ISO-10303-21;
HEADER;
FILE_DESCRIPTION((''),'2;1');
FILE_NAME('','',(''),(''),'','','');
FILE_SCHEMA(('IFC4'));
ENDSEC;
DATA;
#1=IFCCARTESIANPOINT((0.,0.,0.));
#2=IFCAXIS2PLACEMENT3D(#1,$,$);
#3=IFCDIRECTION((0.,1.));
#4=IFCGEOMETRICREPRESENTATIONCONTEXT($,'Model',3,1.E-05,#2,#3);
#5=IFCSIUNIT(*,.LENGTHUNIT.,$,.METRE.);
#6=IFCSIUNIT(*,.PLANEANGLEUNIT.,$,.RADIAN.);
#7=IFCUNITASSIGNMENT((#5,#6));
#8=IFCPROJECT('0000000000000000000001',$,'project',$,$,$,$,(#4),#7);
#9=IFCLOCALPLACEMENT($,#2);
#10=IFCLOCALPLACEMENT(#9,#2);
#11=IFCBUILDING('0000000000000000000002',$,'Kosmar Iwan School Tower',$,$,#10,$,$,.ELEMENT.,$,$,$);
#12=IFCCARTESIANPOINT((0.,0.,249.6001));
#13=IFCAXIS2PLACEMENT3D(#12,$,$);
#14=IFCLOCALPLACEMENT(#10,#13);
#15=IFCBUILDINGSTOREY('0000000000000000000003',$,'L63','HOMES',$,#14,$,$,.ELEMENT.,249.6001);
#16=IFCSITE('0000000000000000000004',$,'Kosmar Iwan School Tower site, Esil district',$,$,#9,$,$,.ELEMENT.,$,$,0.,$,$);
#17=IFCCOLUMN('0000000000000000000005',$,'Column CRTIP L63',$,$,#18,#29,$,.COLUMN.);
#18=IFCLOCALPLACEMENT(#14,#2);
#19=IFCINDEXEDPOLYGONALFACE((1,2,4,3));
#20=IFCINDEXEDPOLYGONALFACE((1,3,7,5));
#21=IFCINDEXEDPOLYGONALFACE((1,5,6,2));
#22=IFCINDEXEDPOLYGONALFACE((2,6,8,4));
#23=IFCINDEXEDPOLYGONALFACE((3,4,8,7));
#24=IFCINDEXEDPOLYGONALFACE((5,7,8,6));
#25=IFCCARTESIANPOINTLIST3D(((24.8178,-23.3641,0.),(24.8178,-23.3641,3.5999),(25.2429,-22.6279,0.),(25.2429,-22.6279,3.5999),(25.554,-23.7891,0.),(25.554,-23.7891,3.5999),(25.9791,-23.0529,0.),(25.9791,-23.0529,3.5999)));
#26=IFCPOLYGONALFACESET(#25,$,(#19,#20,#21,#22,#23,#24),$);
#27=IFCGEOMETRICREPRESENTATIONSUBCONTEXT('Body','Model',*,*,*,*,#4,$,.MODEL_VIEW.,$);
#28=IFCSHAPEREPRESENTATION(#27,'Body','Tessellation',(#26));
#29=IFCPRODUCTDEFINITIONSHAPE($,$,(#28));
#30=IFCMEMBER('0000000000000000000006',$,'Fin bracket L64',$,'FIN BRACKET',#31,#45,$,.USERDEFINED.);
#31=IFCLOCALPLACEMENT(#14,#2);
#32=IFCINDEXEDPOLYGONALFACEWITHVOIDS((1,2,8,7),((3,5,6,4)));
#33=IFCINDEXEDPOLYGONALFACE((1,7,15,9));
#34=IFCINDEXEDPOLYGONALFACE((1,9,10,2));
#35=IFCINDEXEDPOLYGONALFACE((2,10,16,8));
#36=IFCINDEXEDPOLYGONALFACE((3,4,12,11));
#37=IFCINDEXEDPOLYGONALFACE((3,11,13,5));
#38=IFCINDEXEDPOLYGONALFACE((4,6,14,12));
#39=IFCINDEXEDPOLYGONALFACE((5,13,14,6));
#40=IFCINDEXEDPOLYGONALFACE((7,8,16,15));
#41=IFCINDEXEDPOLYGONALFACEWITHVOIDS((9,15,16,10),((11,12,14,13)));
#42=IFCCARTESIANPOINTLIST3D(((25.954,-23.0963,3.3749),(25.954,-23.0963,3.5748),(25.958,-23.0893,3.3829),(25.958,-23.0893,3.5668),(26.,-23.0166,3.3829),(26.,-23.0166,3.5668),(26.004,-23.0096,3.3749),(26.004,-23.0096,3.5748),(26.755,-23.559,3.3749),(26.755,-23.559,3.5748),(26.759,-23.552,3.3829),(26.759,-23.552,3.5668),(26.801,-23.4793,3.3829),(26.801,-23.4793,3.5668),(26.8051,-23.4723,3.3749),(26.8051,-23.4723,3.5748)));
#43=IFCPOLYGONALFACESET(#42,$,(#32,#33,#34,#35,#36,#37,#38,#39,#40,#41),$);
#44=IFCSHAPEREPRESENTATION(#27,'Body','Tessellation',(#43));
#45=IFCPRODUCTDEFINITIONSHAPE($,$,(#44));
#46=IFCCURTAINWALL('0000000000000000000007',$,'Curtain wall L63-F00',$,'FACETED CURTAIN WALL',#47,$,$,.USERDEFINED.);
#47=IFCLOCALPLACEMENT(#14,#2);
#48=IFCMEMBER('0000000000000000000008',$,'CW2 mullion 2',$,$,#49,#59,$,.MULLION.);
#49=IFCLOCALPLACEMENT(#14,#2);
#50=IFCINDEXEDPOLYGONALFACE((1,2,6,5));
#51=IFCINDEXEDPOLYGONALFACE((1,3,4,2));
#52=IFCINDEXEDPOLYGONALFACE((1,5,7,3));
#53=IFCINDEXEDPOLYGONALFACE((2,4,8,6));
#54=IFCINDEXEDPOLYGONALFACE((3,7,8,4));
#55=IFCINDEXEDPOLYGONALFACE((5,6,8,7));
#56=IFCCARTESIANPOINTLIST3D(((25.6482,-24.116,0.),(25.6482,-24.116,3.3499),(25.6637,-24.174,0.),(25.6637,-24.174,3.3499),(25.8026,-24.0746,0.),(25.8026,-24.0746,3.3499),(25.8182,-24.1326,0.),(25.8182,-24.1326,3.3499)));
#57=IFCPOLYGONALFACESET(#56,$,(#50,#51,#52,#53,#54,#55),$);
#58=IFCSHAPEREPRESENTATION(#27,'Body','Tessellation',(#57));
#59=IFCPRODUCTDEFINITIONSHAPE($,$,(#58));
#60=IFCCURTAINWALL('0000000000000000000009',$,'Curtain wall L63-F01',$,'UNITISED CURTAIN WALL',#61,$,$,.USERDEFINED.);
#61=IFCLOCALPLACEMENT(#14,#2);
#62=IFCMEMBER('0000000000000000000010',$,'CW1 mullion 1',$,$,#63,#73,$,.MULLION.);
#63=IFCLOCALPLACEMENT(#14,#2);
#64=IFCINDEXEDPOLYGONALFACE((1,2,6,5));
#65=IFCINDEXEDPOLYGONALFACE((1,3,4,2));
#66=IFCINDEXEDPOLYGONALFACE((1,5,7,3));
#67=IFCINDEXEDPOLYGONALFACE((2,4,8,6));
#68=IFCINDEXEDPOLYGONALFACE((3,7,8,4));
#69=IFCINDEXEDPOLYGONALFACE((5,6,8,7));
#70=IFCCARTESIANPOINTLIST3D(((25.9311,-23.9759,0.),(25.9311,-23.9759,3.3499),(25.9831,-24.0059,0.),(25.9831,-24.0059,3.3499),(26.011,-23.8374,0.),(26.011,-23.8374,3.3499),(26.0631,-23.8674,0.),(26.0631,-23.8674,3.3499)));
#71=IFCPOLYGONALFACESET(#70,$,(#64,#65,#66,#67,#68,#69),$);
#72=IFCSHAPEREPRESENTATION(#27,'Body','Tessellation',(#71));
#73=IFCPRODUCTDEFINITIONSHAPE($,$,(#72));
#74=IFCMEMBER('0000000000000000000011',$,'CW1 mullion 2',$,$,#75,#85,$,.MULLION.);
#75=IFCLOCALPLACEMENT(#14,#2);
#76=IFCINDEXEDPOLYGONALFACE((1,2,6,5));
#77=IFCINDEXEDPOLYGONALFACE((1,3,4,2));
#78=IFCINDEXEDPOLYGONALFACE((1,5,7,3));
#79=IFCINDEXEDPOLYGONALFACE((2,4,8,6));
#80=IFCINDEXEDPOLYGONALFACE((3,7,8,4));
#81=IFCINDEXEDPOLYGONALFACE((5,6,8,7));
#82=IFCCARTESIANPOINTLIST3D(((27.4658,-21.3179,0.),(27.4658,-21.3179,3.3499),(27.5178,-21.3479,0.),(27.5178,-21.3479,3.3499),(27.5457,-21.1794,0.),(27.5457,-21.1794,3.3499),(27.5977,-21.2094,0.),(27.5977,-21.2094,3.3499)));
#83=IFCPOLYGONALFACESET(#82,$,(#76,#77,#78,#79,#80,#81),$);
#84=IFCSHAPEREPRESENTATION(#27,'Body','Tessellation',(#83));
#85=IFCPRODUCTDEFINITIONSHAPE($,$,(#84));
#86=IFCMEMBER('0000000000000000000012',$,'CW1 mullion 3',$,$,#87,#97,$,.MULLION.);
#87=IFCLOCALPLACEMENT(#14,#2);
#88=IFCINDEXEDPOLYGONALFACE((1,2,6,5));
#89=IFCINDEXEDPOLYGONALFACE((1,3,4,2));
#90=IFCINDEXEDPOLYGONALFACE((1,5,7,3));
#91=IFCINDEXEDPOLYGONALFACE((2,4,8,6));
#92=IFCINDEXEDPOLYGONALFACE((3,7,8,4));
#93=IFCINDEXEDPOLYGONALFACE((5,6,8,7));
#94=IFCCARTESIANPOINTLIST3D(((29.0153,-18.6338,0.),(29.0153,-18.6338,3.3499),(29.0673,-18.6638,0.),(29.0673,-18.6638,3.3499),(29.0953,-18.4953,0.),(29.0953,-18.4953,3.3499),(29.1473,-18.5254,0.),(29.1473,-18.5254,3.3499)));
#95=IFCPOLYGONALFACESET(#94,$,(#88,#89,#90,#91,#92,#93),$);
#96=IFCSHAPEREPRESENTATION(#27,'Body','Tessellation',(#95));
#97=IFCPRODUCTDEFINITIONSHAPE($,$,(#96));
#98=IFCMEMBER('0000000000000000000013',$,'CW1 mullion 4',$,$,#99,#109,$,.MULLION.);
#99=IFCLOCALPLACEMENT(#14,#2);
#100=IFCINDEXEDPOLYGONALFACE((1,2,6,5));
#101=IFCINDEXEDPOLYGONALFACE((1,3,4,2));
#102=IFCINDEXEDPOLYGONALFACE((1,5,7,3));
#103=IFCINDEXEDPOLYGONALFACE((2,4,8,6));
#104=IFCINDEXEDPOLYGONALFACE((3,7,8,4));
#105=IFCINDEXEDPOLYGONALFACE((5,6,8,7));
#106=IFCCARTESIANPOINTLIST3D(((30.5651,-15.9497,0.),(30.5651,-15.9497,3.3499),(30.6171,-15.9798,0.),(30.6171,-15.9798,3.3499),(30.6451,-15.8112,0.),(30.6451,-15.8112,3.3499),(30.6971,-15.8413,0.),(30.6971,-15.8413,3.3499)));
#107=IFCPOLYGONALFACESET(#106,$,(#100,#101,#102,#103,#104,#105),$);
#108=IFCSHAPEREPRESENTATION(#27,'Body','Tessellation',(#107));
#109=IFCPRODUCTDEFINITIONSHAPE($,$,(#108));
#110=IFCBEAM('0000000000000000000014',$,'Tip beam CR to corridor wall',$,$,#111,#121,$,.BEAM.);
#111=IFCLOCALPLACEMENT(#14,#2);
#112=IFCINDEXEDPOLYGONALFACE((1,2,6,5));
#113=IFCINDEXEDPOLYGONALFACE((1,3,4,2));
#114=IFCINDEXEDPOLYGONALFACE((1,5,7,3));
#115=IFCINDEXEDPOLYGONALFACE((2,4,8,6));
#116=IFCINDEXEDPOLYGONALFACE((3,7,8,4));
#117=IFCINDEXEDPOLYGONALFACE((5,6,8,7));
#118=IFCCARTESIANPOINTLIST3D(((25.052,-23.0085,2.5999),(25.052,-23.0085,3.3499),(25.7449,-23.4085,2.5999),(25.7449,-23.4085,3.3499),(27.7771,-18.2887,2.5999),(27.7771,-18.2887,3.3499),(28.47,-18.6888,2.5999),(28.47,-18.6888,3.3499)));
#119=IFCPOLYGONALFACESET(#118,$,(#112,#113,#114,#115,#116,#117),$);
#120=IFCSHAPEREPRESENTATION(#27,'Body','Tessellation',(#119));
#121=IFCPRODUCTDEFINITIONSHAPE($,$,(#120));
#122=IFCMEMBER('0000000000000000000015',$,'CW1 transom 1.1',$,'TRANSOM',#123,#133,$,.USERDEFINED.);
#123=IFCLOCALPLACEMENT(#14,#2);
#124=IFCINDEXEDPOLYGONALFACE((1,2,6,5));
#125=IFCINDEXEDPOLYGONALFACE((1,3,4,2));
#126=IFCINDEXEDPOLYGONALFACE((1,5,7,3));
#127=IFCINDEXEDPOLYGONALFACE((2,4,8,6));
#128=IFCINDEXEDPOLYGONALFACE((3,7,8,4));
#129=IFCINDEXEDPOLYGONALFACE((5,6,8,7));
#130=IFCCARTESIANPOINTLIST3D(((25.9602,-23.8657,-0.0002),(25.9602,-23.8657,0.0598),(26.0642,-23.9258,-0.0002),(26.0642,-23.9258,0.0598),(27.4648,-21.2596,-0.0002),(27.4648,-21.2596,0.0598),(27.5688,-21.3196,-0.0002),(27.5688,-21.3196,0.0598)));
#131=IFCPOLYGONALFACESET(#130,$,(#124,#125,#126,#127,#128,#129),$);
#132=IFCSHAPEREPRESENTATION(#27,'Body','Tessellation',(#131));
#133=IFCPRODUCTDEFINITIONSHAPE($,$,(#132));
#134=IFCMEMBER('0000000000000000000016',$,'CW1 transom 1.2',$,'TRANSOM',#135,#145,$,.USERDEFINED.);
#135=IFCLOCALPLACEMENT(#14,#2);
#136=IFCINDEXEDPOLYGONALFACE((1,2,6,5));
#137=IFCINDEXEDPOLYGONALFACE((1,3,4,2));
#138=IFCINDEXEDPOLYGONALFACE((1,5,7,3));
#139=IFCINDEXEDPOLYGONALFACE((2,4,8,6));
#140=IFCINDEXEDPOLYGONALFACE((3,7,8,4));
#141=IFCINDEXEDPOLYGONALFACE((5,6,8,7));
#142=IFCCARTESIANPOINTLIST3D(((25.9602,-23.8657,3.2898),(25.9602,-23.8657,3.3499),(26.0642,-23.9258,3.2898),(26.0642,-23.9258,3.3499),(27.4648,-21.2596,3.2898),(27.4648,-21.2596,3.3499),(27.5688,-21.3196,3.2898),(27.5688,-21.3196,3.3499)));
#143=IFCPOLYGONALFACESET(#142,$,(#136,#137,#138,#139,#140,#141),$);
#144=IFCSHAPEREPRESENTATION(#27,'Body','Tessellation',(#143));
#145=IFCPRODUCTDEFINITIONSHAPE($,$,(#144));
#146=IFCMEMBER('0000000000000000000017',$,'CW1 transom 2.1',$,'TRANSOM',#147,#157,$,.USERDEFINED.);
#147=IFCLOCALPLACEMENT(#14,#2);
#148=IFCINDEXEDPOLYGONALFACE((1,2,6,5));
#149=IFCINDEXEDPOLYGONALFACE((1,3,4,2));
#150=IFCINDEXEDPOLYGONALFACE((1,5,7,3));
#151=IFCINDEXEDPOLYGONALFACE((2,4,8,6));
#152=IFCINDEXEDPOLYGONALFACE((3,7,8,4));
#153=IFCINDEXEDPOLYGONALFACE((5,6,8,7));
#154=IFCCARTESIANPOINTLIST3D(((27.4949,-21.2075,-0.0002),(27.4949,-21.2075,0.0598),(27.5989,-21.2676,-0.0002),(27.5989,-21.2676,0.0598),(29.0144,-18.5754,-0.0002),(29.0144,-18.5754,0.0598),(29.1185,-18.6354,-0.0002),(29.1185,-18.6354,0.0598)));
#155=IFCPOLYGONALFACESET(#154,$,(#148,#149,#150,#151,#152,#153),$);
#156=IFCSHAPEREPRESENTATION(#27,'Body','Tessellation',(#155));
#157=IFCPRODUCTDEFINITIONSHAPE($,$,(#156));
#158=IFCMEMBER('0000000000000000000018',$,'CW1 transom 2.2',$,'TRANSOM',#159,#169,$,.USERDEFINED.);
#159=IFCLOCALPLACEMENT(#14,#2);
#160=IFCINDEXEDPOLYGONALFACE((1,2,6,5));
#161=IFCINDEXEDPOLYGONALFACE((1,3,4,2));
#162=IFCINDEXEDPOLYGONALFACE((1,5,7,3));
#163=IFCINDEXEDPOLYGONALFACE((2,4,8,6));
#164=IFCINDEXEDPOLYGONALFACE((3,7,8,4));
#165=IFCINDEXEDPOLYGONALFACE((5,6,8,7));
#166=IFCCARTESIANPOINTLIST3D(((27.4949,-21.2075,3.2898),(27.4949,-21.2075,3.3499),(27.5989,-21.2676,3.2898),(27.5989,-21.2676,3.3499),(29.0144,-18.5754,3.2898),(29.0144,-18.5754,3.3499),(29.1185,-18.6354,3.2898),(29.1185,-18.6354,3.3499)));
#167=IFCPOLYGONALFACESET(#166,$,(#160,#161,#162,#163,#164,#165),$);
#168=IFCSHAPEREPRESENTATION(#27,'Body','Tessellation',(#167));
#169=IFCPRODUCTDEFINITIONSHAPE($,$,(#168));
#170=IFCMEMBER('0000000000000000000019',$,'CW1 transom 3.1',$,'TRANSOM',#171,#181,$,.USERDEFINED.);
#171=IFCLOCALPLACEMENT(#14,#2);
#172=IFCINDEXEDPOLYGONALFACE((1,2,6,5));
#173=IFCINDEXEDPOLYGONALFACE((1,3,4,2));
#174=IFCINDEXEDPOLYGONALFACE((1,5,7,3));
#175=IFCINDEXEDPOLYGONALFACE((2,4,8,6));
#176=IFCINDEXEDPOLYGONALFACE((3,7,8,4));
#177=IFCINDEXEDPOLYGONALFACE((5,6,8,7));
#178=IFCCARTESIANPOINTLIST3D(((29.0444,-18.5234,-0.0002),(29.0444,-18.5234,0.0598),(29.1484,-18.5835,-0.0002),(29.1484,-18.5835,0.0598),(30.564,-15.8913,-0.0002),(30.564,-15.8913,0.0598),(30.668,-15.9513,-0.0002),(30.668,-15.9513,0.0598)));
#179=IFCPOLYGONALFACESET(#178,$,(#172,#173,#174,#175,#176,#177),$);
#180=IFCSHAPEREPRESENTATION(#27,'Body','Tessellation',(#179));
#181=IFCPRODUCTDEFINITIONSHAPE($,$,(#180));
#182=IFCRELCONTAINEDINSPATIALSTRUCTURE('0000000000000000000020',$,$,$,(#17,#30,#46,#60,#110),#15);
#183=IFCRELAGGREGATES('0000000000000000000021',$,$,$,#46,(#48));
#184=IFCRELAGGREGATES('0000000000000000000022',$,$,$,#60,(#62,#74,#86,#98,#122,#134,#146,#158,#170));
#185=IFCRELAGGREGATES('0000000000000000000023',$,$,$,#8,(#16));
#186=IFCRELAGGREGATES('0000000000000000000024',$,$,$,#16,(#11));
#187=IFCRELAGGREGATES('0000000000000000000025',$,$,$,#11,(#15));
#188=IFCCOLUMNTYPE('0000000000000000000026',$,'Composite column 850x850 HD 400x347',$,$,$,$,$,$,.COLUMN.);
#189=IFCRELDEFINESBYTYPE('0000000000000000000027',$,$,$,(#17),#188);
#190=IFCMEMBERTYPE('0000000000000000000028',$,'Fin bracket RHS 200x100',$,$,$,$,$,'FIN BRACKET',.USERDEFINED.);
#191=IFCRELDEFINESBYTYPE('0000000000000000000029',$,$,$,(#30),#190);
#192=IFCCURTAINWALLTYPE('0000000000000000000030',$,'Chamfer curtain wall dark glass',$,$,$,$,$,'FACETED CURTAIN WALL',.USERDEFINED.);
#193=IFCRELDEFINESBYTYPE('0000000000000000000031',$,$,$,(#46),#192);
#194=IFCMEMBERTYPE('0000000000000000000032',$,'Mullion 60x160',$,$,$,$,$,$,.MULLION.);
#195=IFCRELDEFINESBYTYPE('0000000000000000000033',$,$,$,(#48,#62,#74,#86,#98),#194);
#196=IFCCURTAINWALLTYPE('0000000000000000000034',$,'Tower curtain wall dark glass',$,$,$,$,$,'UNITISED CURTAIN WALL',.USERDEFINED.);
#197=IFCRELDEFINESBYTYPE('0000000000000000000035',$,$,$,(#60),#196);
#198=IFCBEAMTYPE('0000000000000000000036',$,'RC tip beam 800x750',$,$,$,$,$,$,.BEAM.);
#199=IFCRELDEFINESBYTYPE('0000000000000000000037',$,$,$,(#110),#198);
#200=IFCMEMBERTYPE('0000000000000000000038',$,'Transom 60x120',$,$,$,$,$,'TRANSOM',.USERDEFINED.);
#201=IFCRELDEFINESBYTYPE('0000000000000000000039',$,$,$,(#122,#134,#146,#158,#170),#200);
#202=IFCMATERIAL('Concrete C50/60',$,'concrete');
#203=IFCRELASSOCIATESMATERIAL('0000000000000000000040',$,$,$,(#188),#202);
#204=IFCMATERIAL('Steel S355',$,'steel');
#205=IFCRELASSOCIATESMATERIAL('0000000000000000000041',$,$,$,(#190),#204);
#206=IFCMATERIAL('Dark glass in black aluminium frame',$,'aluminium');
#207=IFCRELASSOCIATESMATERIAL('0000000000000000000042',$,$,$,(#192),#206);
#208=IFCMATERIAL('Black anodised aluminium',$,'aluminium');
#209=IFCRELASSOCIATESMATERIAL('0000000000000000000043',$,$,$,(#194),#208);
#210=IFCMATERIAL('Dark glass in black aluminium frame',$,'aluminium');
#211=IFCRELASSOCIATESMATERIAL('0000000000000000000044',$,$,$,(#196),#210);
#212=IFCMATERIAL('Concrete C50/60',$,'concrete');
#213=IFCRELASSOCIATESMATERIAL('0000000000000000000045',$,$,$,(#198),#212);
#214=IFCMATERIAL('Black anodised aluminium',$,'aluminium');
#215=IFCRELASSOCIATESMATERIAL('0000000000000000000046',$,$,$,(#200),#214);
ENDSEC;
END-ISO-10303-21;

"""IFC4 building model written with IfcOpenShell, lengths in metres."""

from ifc_helpers import new_model, si_unit, direction, frame, origin, origin_2d, place, context, subcontext, project, spatial, rectangle, hollow_rectangle, extrude, material, material_profile, profile_set, type_object, element, aggregate, save


model = new_model("IFC4")

# Units and contexts
model_context = context("Model", 3, precision=1e-05, world=origin(), true_north=direction((0.0, 1.0)))
body_context = subcontext(model_context, "Body", "Model", "MODEL_VIEW")
ifc_project = project(units=[si_unit("LENGTHUNIT", "METRE"), si_unit("PLANEANGLEUNIT", "RADIAN")], contexts=[model_context])

# Site, building, storey
site_placement = place(None, origin())
site = spatial("IfcSite", under=ifc_project, at=site_placement, Name="Kosmar Iwan School Tower site, Esil district", CompositionType="ELEMENT", RefElevation=0.0)
building_placement = place(site_placement, origin())
building = spatial("IfcBuilding", under=site, at=building_placement, Name="Kosmar Iwan School Tower", CompositionType="ELEMENT")
storey_placement = place(building_placement, frame((0.0, 0.0, 249.6001)))
storey = spatial("IfcBuildingStorey", under=building, at=storey_placement, Name="L63", Description="HOMES", CompositionType="ELEMENT", Elevation=249.6001)

# Column
ifc_material_1 = material(Name="Concrete C50/60", Category="concrete")
ifc_material_profile_1 = material_profile(ifc_material_1, rectangle(XDim=0.8501, YDim=0.8501, at=origin_2d()), Name="RC 850x850 + HD 400x347")
ifc_profile_set_1 = profile_set([ifc_material_profile_1], Name="Concrete C50/60")
column_type = type_object("IfcColumnType", Name="Composite column 850x850 HD 400x347", PredefinedType="COLUMN", material=ifc_profile_set_1)
column_placement = place(storey_placement, frame((25.3984, -23.2085, 0.0), z_axis=(0.0, 0.0, 1.0), x_axis=(0.866025, -0.5, 0.0)))
element("IfcColumn", 1, at=column_placement, inside=storey, type_object=column_type, Name="Column CRTIP L63", PredefinedType="COLUMN", context=body_context, shape_type="SweptSolid", body=[
    extrude(rectangle(XDim=0.8501, YDim=0.8501, at=origin_2d()), origin(), (0.0, 0.0, 1.0), 3.5999),
])

# Member
ifc_material_2 = material(Name="Steel S355", Category="steel")
ifc_material_profile_2 = material_profile(ifc_material_2, hollow_rectangle(XDim=0.1001, YDim=0.2, WallThickness=0.0081, at=origin_2d()), Name="RHS 200x100x8")
ifc_profile_set_2 = profile_set([ifc_material_profile_2], Name="Steel S355")
member_type_1 = type_object("IfcMemberType", Name="Fin bracket RHS 200x100", ElementType="FIN BRACKET", PredefinedType="USERDEFINED", material=ifc_profile_set_2)
member_1_placement = place(storey_placement, frame((25.979, -23.053, 3.4749), z_axis=(0.865944, -0.500141, 0.0), x_axis=(0.500141, 0.865944, 0.0)))
element("IfcMember", 2, at=member_1_placement, inside=storey, type_object=member_type_1, Name="Fin bracket L64", ObjectType="FIN BRACKET", PredefinedType="USERDEFINED", context=body_context, shape_type="SweptSolid", body=[
    extrude(hollow_rectangle(XDim=0.1001, YDim=0.2, WallThickness=0.0081, at=origin_2d()), origin(), (0.0, 0.0, 1.0), 0.925),
])

# Curtain wall, member
ifc_material_3 = material(Name="Dark glass in black aluminium frame", Category="aluminium")
curtain_wall_type_1 = type_object("IfcCurtainWallType", Name="Chamfer curtain wall dark glass", ElementType="FACETED CURTAIN WALL", PredefinedType="USERDEFINED", material=ifc_material_3)
curtain_wall_1_placement = place(storey_placement, origin())
curtain_wall_1 = element("IfcCurtainWall", 3, at=curtain_wall_1_placement, inside=storey, type_object=curtain_wall_type_1, Name="Curtain wall L63-F00", ObjectType="FACETED CURTAIN WALL", PredefinedType="USERDEFINED")
ifc_material_4 = material(Name="Black anodised aluminium", Category="aluminium")
ifc_material_profile_3 = material_profile(ifc_material_4, rectangle(XDim=0.0601, YDim=0.1599, at=origin_2d()), Name="MULLION 60x160")
ifc_profile_set_3 = profile_set([ifc_material_profile_3], Name="Black anodised aluminium")
member_type_2 = type_object("IfcMemberType", Name="Mullion 60x160", PredefinedType="MULLION", material=ifc_profile_set_3)
member_2_placement = place(storey_placement, frame((25.7332, -24.1243, 0.0), z_axis=(0.0, 0.0, 1.0), x_axis=(-0.258819, 0.965926, 0.0)))
member_2 = element("IfcMember", 4, at=member_2_placement, type_object=member_type_2, Name="CW2 mullion 2", PredefinedType="MULLION", context=body_context, shape_type="SweptSolid", body=[
    extrude(rectangle(XDim=0.0601, YDim=0.1599, at=origin_2d()), origin(), (0.0, 0.0, 1.0), 3.3499),
])
aggregate(curtain_wall_1, [member_2])

# Curtain wall, members
ifc_material_5 = material(Name="Dark glass in black aluminium frame", Category="aluminium")
curtain_wall_type_2 = type_object("IfcCurtainWallType", Name="Tower curtain wall dark glass", ElementType="UNITISED CURTAIN WALL", PredefinedType="USERDEFINED", material=ifc_material_5)
curtain_wall_2_placement = place(storey_placement, origin())
curtain_wall_2 = element("IfcCurtainWall", 5, at=curtain_wall_2_placement, inside=storey, type_object=curtain_wall_type_2, Name="Curtain wall L63-F01", ObjectType="UNITISED CURTAIN WALL", PredefinedType="USERDEFINED")
member_3_placement = place(storey_placement, frame((25.9971, -23.9216, 0.0), z_axis=(0.0, 0.0, 1.0), x_axis=(-0.866025, 0.5, 0.0)))
member_3 = element("IfcMember", 6, at=member_3_placement, type_object=member_type_2, Name="CW1 mullion 1", PredefinedType="MULLION", context=body_context, shape_type="SweptSolid", body=[
    extrude(rectangle(XDim=0.0601, YDim=0.1599, at=origin_2d()), origin(), (0.0, 0.0, 1.0), 3.3499),
])
member_4_placement = place(storey_placement, frame((27.5317, -21.2637, 0.0), z_axis=(0.0, 0.0, 1.0), x_axis=(-0.866025, 0.5, 0.0)))
member_4 = element("IfcMember", 7, at=member_4_placement, type_object=member_type_2, Name="CW1 mullion 2", PredefinedType="MULLION", context=body_context, shape_type="SweptSolid", body=[
    extrude(rectangle(XDim=0.0601, YDim=0.1599, at=origin_2d()), origin(), (0.0, 0.0, 1.0), 3.3499),
])
member_5_placement = place(storey_placement, frame((29.0813, -18.5796, 0.0), z_axis=(0.0, 0.0, 1.0), x_axis=(-0.866025, 0.5, 0.0)))
member_5 = element("IfcMember", 8, at=member_5_placement, type_object=member_type_2, Name="CW1 mullion 3", PredefinedType="MULLION", context=body_context, shape_type="SweptSolid", body=[
    extrude(rectangle(XDim=0.0601, YDim=0.1599, at=origin_2d()), origin(), (0.0, 0.0, 1.0), 3.3499),
])
member_6_placement = place(storey_placement, frame((30.6311, -15.8955, 0.0), z_axis=(0.0, 0.0, 1.0), x_axis=(-0.866025, 0.5, 0.0)))
member_6 = element("IfcMember", 9, at=member_6_placement, type_object=member_type_2, Name="CW1 mullion 4", PredefinedType="MULLION", context=body_context, shape_type="SweptSolid", body=[
    extrude(rectangle(XDim=0.0601, YDim=0.1599, at=origin_2d()), origin(), (0.0, 0.0, 1.0), 3.3499),
])

# Beam
ifc_material_6 = material(Name="Concrete C50/60", Category="concrete")
ifc_material_profile_4 = material_profile(ifc_material_6, rectangle(XDim=0.8, YDim=0.75, at=origin_2d()), Name="RC 800x750")
ifc_profile_set_4 = profile_set([ifc_material_profile_4], Name="Concrete C50/60")
beam_type = type_object("IfcBeamType", Name="RC tip beam 800x750", PredefinedType="BEAM", material=ifc_profile_set_4)
beam_placement = place(storey_placement, frame((25.3984, -23.2085, 2.9749), z_axis=(0.500022, 0.866013, 0.0), x_axis=(-0.866013, 0.500022, 0.0)))
element("IfcBeam", 10, at=beam_placement, inside=storey, type_object=beam_type, Name="Tip beam CR to corridor wall", PredefinedType="BEAM", context=body_context, shape_type="SweptSolid", body=[
    extrude(rectangle(XDim=0.8, YDim=0.75, at=origin_2d()), origin(), (0.0, 0.0, 1.0), 5.45),
])

# Members
ifc_material_7 = material(Name="Black anodised aluminium", Category="aluminium")
ifc_material_profile_5 = material_profile(ifc_material_7, rectangle(XDim=0.1201, YDim=0.0601, at=origin_2d()), Name="TRANSOM 60x120")
ifc_profile_set_5 = profile_set([ifc_material_profile_5], Name="Black anodised aluminium")
member_type_3 = type_object("IfcMemberType", Name="Transom 60x120", ElementType="TRANSOM", PredefinedType="USERDEFINED", material=ifc_profile_set_5)
member_7_placement = place(storey_placement, frame((26.0122, -23.8958, 0.0298), z_axis=(0.499987, 0.866033, 0.0), x_axis=(-0.866033, 0.499987, 0.0)))
member_7 = element("IfcMember", 11, at=member_7_placement, type_object=member_type_3, Name="CW1 transom 1.1", ObjectType="TRANSOM", PredefinedType="USERDEFINED", context=body_context, shape_type="SweptSolid", body=[
    extrude(rectangle(XDim=0.1201, YDim=0.0601, at=origin_2d()), origin(), (0.0, 0.0, 1.0), 3.0093),
])
member_8_placement = place(storey_placement, frame((26.0122, -23.8958, 3.3198), z_axis=(0.499987, 0.866033, 0.0), x_axis=(-0.866033, 0.499987, 0.0)))
member_8 = element("IfcMember", 12, at=member_8_placement, type_object=member_type_3, Name="CW1 transom 1.2", ObjectType="TRANSOM", PredefinedType="USERDEFINED", context=body_context, shape_type="SweptSolid", body=[
    extrude(rectangle(XDim=0.1201, YDim=0.0601, at=origin_2d()), origin(), (0.0, 0.0, 1.0), 3.0093),
])
member_9_placement = place(storey_placement, frame((27.5469, -21.2375, 0.0298), z_axis=(0.499975, 0.86604, 0.0), x_axis=(-0.86604, 0.499975, 0.0)))
member_9 = element("IfcMember", 13, at=member_9_placement, type_object=member_type_3, Name="CW1 transom 2.1", ObjectType="TRANSOM", PredefinedType="USERDEFINED", context=body_context, shape_type="SweptSolid", body=[
    extrude(rectangle(XDim=0.1201, YDim=0.0601, at=origin_2d()), origin(), (0.0, 0.0, 1.0), 3.0393),
])
member_10_placement = place(storey_placement, frame((27.5469, -21.2375, 3.3198), z_axis=(0.499975, 0.86604, 0.0), x_axis=(-0.86604, 0.499975, 0.0)))
member_10 = element("IfcMember", 14, at=member_10_placement, type_object=member_type_3, Name="CW1 transom 2.2", ObjectType="TRANSOM", PredefinedType="USERDEFINED", context=body_context, shape_type="SweptSolid", body=[
    extrude(rectangle(XDim=0.1201, YDim=0.0601, at=origin_2d()), origin(), (0.0, 0.0, 1.0), 3.0393),
])
member_11_placement = place(storey_placement, frame((29.0964, -18.5535, 0.0298), z_axis=(0.499975, 0.86604, 0.0), x_axis=(-0.86604, 0.499975, 0.0)))
member_11 = element("IfcMember", 15, at=member_11_placement, type_object=member_type_3, Name="CW1 transom 3.1", ObjectType="TRANSOM", PredefinedType="USERDEFINED", context=body_context, shape_type="SweptSolid", body=[
    extrude(rectangle(XDim=0.1201, YDim=0.0601, at=origin_2d()), origin(), (0.0, 0.0, 1.0), 3.0393),
])

aggregate(curtain_wall_2, [member_3, member_4, member_5, member_6, member_7, member_8, member_9, member_10, member_11])

save(model, "model.ifc")
